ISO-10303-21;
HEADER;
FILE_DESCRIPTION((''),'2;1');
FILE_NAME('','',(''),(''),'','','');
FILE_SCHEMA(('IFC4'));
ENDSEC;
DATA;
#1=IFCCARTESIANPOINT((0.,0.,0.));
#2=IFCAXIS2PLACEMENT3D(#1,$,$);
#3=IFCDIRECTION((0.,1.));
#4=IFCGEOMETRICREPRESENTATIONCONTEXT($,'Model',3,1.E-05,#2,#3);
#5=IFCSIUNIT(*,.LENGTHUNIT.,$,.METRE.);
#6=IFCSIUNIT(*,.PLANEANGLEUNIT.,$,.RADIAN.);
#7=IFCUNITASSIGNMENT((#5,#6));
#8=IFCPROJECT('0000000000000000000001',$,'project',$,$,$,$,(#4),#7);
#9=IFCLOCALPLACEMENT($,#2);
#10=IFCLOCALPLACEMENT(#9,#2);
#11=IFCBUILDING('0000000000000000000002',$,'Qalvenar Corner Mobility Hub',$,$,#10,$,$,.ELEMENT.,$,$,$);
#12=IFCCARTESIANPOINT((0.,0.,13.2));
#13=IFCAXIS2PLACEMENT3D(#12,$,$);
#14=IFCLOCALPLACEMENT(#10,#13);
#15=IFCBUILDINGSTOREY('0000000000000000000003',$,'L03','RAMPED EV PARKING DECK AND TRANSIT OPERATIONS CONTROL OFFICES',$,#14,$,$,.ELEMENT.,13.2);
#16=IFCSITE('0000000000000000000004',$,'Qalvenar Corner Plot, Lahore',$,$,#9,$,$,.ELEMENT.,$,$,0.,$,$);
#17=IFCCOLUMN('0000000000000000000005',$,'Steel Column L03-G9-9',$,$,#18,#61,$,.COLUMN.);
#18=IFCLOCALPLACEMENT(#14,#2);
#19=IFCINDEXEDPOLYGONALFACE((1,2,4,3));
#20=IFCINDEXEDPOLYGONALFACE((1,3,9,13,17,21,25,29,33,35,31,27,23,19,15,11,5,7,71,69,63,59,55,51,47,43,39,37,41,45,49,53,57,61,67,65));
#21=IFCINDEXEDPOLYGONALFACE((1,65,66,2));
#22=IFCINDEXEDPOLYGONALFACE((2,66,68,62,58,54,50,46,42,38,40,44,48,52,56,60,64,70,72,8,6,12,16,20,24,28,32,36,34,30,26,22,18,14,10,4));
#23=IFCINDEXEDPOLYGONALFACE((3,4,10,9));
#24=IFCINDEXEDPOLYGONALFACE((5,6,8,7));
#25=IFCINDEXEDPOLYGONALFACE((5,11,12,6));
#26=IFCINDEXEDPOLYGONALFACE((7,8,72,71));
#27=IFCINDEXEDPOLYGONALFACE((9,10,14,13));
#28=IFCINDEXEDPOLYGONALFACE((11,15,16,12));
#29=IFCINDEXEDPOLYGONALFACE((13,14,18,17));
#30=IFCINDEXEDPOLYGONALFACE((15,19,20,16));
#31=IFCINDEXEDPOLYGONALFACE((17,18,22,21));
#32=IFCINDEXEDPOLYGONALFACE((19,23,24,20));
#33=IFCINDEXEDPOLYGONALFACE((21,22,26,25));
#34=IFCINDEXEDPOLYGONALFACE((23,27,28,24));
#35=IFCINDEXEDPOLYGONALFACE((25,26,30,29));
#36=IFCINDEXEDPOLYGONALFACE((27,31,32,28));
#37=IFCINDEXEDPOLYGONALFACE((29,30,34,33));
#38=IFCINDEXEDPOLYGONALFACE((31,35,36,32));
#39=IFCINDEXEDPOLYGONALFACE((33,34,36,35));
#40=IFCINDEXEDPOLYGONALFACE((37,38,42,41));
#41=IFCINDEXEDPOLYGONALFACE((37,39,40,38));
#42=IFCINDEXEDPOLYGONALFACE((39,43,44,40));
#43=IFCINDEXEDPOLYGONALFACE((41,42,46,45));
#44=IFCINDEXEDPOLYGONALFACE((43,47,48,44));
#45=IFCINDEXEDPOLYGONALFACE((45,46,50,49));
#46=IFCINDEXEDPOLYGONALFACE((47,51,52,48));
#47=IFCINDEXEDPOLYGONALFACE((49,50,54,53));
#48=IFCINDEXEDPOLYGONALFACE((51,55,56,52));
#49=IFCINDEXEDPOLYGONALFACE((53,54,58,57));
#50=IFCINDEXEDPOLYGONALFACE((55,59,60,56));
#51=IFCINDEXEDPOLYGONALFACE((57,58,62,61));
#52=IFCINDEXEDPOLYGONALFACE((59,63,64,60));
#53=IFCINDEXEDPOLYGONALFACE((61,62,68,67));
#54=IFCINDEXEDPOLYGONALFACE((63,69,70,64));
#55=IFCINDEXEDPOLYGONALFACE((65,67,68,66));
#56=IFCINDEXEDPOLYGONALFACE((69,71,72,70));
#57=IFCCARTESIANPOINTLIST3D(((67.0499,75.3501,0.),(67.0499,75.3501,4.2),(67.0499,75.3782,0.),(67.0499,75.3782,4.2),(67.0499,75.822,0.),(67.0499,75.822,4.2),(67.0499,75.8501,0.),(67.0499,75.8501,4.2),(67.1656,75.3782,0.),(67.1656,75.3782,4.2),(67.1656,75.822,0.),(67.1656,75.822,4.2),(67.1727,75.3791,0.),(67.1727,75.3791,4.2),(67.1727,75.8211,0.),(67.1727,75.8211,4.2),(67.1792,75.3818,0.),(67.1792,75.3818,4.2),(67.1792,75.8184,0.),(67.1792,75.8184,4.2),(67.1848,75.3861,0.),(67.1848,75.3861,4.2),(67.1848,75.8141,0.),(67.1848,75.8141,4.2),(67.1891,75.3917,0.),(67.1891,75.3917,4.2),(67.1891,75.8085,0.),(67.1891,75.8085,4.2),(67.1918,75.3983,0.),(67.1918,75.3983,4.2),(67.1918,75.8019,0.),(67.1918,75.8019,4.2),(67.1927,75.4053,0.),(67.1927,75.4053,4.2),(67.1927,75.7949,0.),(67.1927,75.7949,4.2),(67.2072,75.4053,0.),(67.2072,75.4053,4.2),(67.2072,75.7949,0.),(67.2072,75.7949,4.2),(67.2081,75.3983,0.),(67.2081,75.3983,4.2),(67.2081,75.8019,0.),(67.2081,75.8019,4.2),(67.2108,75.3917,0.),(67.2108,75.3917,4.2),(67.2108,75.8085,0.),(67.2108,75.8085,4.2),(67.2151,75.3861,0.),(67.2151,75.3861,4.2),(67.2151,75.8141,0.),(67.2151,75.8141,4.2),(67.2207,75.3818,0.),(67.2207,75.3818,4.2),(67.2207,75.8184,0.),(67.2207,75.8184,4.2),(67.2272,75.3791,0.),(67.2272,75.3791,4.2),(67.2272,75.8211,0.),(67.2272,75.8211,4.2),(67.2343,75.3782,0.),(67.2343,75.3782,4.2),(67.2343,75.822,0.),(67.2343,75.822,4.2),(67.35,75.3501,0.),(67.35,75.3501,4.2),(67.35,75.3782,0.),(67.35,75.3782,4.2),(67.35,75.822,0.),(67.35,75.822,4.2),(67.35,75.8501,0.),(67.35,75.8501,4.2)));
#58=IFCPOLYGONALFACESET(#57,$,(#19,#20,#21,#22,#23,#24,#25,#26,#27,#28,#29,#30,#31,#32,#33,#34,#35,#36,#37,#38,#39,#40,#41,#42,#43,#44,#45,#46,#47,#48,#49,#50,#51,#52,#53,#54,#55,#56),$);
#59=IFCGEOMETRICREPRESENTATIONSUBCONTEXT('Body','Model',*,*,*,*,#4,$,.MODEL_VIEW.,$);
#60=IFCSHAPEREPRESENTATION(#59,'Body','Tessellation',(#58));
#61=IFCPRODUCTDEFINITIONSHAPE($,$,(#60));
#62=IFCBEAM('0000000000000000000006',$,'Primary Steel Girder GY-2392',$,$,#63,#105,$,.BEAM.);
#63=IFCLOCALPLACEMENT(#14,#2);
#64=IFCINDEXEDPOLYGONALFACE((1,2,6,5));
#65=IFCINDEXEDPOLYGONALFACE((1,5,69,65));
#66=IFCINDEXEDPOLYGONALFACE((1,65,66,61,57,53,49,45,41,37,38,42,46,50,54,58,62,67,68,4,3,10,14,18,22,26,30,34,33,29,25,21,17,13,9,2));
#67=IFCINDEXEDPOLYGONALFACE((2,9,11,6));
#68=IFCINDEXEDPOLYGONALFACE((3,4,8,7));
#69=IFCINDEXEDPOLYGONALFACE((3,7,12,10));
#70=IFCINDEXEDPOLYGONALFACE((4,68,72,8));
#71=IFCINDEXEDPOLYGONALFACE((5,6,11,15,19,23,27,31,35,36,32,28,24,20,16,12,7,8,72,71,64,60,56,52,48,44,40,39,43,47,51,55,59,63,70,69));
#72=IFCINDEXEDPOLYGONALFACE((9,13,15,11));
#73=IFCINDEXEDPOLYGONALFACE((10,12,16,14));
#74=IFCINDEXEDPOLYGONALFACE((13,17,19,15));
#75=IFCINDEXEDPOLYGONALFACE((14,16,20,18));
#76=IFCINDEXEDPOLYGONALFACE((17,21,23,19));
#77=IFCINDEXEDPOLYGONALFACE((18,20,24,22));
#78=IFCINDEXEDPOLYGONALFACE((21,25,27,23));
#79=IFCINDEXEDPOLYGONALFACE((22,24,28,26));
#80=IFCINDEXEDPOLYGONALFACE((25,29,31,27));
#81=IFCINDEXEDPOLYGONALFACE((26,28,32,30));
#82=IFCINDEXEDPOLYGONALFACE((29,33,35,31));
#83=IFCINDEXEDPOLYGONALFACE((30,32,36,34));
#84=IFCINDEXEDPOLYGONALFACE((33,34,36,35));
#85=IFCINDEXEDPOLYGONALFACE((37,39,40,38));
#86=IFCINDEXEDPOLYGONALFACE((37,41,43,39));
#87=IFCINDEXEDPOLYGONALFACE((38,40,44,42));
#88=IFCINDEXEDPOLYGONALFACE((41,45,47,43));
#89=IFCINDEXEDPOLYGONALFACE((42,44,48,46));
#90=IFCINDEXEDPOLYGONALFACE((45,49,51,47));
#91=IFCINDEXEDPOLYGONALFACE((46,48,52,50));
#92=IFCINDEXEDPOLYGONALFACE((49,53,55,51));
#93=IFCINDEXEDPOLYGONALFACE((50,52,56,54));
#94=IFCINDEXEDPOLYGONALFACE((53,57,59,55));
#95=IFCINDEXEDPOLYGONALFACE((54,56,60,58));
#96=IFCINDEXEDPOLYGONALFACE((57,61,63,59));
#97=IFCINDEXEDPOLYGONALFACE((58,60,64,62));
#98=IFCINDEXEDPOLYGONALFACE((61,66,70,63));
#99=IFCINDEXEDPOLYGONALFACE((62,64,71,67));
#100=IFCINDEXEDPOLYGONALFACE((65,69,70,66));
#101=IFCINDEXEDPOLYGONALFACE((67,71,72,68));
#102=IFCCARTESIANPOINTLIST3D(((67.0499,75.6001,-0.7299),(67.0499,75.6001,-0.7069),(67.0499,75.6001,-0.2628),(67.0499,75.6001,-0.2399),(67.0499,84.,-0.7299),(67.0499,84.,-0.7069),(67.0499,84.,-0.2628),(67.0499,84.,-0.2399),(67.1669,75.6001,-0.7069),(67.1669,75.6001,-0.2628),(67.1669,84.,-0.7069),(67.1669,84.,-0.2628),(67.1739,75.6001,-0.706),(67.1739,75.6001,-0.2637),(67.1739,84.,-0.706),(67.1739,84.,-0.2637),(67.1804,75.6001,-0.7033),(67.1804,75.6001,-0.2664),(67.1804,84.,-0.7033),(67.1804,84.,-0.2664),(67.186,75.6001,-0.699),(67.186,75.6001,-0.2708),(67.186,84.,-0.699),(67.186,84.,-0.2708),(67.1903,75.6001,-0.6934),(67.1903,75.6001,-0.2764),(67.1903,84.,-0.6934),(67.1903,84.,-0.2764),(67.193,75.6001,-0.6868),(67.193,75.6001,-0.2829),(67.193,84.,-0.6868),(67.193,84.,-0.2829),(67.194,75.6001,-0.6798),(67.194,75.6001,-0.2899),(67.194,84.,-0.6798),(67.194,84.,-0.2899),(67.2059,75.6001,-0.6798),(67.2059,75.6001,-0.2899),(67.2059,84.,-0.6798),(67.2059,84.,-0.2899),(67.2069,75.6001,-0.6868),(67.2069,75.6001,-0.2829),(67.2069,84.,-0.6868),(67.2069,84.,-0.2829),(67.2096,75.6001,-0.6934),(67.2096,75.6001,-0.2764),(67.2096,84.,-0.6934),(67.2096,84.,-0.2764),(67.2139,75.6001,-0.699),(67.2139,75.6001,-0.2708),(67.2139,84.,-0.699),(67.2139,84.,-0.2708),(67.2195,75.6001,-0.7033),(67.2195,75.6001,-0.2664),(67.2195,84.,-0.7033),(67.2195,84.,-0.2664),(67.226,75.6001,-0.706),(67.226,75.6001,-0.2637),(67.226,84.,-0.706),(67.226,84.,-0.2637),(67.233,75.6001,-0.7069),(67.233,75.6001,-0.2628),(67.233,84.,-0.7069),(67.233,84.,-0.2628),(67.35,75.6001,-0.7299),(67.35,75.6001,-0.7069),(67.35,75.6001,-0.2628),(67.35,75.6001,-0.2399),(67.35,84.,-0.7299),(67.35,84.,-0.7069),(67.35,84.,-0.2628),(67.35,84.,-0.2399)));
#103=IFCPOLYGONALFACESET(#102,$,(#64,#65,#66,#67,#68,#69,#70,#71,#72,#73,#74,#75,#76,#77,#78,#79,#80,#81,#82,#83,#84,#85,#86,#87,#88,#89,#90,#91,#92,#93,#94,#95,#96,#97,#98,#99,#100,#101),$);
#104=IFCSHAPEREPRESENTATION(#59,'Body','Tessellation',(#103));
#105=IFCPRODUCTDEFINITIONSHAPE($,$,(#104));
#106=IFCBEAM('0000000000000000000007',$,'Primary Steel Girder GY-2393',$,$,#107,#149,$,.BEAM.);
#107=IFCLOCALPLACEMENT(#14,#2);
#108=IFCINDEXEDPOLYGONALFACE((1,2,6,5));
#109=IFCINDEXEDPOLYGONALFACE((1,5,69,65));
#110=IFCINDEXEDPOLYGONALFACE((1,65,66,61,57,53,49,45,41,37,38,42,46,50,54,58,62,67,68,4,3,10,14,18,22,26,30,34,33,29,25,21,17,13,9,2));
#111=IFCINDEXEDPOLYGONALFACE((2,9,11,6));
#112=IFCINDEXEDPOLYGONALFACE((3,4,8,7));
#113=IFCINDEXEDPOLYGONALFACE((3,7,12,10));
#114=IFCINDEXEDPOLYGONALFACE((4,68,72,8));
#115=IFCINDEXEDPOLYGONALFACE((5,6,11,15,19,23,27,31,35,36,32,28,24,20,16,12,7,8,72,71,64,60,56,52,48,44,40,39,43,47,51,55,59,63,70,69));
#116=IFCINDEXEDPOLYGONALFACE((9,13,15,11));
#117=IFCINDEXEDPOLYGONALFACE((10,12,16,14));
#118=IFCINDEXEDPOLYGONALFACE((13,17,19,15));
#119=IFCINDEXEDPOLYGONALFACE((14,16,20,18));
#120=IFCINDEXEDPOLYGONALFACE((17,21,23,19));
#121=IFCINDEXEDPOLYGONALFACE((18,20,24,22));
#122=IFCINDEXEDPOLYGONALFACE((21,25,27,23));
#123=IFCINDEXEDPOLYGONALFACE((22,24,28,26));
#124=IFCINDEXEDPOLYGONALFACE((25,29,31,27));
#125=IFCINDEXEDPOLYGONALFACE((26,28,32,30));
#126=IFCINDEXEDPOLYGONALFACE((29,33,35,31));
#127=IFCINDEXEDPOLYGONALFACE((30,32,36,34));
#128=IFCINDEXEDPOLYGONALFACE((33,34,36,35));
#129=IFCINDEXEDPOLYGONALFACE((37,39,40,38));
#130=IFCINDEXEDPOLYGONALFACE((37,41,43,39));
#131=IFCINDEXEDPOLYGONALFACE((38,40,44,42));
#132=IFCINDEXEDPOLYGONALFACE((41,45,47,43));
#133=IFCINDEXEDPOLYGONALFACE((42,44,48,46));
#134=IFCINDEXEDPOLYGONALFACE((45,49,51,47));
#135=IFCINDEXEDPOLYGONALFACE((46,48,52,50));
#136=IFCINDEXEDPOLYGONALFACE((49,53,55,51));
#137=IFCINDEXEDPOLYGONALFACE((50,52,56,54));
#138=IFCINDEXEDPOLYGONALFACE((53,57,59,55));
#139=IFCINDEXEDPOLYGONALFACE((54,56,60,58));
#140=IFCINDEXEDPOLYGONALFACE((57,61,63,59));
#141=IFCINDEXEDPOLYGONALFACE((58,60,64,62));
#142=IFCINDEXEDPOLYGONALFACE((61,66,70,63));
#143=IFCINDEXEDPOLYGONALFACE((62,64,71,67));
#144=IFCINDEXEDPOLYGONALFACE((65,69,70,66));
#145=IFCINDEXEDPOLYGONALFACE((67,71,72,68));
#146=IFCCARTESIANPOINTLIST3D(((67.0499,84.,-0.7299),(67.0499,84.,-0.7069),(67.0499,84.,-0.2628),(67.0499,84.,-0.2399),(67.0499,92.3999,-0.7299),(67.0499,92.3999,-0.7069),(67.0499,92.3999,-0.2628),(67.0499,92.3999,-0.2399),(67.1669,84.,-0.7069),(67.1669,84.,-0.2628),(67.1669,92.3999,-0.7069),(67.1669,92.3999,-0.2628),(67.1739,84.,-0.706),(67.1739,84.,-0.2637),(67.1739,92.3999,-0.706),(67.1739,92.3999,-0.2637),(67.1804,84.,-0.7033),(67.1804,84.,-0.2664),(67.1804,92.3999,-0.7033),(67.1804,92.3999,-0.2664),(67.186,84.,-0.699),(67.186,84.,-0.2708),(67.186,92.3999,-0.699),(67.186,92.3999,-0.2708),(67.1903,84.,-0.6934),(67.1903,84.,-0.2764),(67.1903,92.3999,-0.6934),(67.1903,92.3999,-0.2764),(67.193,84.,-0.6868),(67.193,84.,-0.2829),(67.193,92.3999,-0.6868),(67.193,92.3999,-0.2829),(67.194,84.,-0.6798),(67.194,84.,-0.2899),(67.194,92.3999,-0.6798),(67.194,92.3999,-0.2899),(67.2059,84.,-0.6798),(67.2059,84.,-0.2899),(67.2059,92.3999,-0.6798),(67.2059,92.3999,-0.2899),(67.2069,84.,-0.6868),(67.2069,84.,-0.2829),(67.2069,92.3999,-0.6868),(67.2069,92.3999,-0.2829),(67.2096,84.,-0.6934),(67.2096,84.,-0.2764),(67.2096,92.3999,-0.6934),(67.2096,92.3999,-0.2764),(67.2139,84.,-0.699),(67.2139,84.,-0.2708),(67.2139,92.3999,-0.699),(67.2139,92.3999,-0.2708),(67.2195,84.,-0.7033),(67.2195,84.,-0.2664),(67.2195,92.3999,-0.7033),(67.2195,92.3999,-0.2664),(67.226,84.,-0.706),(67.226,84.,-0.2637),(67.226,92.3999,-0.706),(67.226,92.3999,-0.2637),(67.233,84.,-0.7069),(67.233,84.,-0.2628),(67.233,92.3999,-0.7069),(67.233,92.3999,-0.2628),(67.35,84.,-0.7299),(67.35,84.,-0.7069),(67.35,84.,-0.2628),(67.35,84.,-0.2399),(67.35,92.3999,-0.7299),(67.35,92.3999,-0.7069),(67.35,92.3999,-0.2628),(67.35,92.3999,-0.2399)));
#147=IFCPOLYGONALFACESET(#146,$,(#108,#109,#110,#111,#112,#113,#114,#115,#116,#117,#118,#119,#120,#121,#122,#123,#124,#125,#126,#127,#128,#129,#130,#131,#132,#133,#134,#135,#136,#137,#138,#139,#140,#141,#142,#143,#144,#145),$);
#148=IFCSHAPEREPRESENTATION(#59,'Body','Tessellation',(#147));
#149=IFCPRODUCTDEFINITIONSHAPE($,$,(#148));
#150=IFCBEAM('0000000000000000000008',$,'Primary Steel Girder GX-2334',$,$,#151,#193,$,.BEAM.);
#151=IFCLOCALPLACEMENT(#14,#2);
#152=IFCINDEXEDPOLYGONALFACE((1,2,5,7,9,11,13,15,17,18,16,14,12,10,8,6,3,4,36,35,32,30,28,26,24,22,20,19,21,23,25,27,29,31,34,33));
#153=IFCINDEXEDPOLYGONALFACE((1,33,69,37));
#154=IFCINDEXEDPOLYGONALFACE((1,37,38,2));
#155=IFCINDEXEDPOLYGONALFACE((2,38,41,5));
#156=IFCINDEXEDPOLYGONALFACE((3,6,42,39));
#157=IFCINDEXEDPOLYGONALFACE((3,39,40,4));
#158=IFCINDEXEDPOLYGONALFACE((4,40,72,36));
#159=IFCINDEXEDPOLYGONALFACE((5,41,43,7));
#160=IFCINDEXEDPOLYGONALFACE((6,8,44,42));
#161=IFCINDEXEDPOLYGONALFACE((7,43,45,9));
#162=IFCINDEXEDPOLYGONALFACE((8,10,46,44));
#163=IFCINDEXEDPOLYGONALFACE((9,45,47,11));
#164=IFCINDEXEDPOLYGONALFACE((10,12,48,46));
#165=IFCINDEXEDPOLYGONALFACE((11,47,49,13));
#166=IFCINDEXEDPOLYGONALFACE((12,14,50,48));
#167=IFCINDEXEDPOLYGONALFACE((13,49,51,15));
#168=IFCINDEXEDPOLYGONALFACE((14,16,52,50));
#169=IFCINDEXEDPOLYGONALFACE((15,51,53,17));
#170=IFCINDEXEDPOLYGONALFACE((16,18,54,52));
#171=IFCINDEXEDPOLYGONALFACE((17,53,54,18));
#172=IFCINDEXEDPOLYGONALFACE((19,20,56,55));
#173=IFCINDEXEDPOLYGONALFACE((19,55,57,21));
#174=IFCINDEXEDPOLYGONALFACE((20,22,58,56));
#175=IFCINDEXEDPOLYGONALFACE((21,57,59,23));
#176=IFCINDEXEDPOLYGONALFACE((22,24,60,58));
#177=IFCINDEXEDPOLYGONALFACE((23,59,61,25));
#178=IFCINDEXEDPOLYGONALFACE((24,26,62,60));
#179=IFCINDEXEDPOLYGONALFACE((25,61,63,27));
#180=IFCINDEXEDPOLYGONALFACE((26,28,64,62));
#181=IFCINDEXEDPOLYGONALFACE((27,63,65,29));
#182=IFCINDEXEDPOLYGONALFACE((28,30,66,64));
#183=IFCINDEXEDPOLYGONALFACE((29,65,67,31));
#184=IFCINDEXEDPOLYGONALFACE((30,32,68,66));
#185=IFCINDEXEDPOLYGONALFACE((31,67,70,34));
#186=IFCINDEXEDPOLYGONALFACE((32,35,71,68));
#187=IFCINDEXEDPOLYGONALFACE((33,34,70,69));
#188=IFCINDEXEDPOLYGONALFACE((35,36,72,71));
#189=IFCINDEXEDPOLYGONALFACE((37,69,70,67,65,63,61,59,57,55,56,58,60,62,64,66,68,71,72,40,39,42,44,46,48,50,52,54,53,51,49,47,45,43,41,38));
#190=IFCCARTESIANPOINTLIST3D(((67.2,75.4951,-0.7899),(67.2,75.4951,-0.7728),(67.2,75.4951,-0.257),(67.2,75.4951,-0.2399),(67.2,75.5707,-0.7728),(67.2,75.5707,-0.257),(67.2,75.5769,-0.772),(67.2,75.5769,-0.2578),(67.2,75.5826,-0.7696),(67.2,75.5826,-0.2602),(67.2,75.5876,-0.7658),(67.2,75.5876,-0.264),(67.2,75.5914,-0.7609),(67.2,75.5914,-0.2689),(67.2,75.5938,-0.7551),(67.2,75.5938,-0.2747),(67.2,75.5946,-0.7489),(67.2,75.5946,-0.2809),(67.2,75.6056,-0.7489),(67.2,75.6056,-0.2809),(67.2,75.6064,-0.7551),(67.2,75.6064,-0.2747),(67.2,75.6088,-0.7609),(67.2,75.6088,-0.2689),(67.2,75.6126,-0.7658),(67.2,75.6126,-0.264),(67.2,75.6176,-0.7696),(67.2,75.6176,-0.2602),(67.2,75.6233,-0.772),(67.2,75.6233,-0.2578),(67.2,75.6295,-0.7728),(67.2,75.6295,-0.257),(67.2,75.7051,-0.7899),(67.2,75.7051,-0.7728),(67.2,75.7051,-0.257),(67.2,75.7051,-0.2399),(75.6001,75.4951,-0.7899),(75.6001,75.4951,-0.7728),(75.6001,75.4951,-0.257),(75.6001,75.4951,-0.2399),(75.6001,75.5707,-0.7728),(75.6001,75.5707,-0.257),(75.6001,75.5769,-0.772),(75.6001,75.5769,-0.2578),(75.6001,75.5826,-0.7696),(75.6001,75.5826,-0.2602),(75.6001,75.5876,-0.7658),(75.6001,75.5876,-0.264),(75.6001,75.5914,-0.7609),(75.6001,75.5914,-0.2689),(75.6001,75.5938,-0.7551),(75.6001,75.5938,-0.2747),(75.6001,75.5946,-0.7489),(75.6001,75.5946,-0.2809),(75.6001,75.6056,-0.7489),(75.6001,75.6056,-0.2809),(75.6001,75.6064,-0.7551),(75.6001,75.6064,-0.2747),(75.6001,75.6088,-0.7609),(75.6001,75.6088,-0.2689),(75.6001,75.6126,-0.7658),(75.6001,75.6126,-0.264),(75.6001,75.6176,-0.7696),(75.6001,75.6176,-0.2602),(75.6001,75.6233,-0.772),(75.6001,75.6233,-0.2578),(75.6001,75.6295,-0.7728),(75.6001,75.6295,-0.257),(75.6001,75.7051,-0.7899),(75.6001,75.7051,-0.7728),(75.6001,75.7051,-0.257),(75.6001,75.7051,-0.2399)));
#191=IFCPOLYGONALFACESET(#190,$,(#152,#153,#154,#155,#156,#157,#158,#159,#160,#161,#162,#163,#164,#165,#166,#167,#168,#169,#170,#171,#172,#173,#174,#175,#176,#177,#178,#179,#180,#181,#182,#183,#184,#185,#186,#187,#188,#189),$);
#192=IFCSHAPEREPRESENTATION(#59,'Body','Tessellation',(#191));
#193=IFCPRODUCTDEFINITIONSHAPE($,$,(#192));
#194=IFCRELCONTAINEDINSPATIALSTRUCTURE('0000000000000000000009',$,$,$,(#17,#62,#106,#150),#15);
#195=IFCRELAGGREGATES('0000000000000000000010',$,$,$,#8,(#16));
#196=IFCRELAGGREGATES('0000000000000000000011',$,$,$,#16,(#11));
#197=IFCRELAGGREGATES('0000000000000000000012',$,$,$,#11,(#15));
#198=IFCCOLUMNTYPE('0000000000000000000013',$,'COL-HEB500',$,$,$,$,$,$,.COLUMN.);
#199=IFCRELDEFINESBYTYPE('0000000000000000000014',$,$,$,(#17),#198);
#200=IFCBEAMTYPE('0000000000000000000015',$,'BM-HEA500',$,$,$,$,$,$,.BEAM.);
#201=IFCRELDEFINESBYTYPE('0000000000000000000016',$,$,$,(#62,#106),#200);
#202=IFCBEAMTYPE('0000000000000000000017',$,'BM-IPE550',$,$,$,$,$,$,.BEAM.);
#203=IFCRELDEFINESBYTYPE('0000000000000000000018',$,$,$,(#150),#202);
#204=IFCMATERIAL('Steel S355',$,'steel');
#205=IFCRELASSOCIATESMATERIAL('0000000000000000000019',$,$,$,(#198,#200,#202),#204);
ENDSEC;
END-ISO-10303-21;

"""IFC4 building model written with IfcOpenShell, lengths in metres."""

from ifc_helpers import new_model, si_unit, direction, frame, origin, origin_2d, place, context, subcontext, project, spatial, i_section, extrude, material, material_profile, profile_set, type_object, element, save


model = new_model("IFC4")

# Units and contexts
model_context = context("Model", 3, precision=1e-05, world=origin(), true_north=direction((0.0, 1.0)))
body_context = subcontext(model_context, "Body", "Model", "MODEL_VIEW")
ifc_project = project(units=[si_unit("LENGTHUNIT", "METRE"), si_unit("PLANEANGLEUNIT", "RADIAN")], contexts=[model_context])

# Site, building, storey
site_placement = place(None, origin())
site = spatial("IfcSite", under=ifc_project, at=site_placement, Name="Qalvenar Corner Plot, Lahore", CompositionType="ELEMENT", RefElevation=0.0)
building_placement = place(site_placement, origin())
building = spatial("IfcBuilding", under=site, at=building_placement, Name="Qalvenar Corner Mobility Hub", CompositionType="ELEMENT")
storey_placement = place(building_placement, frame((0.0, 0.0, 13.2)))
storey = spatial("IfcBuildingStorey", under=building, at=storey_placement, Name="L03", Description="RAMPED EV PARKING DECK AND TRANSIT OPERATIONS CONTROL OFFICES", CompositionType="ELEMENT", Elevation=13.2)

# Column
ifc_material_1 = material(Name="Steel S355", Category="steel")
ifc_material_profile_1 = material_profile(ifc_material_1, i_section(OverallWidth=0.3, OverallDepth=0.5, WebThickness=0.0144, FlangeThickness=0.0281, FilletRadius=0.0271, at=origin_2d()), Name="HEB500")
ifc_profile_set_1 = profile_set([ifc_material_profile_1], Name="Steel S355")
column_type = type_object("IfcColumnType", Name="COL-HEB500", PredefinedType="COLUMN", material=ifc_profile_set_1)
column_placement = place(storey_placement, frame((67.2, 75.6001, 0.0), z_axis=(0.0, 0.0, 1.0), x_axis=(1.0, 0.0, 0.0)))
element("IfcColumn", 1, at=column_placement, inside=storey, type_object=column_type, Name="Steel Column L03-G9-9", PredefinedType="COLUMN", context=body_context, shape_type="SweptSolid", body=[
    extrude(i_section(OverallWidth=0.3, OverallDepth=0.5, WebThickness=0.0144, FlangeThickness=0.0281, FilletRadius=0.0271, at=origin_2d()), origin(), (0.0, 0.0, 1.0), 4.2),
])

# Beams
ifc_material_profile_2 = material_profile(ifc_material_1, i_section(OverallWidth=0.3, OverallDepth=0.49, WebThickness=0.012, FlangeThickness=0.0229, FilletRadius=0.0271, at=origin_2d()), Name="HEA500")
ifc_profile_set_2 = profile_set([ifc_material_profile_2], Name="Steel S355")
beam_type_1 = type_object("IfcBeamType", Name="BM-HEA500", PredefinedType="BEAM", material=ifc_profile_set_2)
for number, where, z_axis, x_axis, name in (
    (2, (67.2, 75.6001, -0.4849), (0.0, 1.0, 0.0), (-1.0, 0.0, 0.0), "Primary Steel Girder GY-2392"),
    (3, (67.2, 84.0, -0.4849), (0.0, 1.0, 0.0), (-1.0, 0.0, 0.0), "Primary Steel Girder GY-2393"),
):
    element("IfcBeam", number, at=place(storey_placement, frame(where, z_axis=z_axis, x_axis=x_axis)), inside=storey, type_object=beam_type_1, Name=name, PredefinedType="BEAM", context=body_context, shape_type="SweptSolid", body=[
        extrude(i_section(OverallWidth=0.3, OverallDepth=0.49, WebThickness=0.012, FlangeThickness=0.0229, FilletRadius=0.0271, at=origin_2d()), origin(), (0.0, 0.0, 1.0), 8.3999),
    ])
ifc_material_profile_3 = material_profile(ifc_material_1, i_section(OverallWidth=0.21, OverallDepth=0.55, WebThickness=0.011, FlangeThickness=0.0171, FilletRadius=0.0239, at=origin_2d()), Name="IPE550")
ifc_profile_set_3 = profile_set([ifc_material_profile_3], Name="Steel S355")
beam_type_2 = type_object("IfcBeamType", Name="BM-IPE550", PredefinedType="BEAM", material=ifc_profile_set_3)
for number, where, z_axis, x_axis, name in (
    (4, (67.2, 75.6001, -0.5149), (1.0, 0.0, 0.0), (0.0, 1.0, 0.0), "Primary Steel Girder GX-2334"),
):
    element("IfcBeam", number, at=place(storey_placement, frame(where, z_axis=z_axis, x_axis=x_axis)), inside=storey, type_object=beam_type_2, Name=name, PredefinedType="BEAM", context=body_context, shape_type="SweptSolid", body=[
        extrude(i_section(OverallWidth=0.21, OverallDepth=0.55, WebThickness=0.011, FlangeThickness=0.0171, FilletRadius=0.0239, at=origin_2d()), origin(), (0.0, 0.0, 1.0), 8.4001),
    ])

save(model, "model.ifc")
